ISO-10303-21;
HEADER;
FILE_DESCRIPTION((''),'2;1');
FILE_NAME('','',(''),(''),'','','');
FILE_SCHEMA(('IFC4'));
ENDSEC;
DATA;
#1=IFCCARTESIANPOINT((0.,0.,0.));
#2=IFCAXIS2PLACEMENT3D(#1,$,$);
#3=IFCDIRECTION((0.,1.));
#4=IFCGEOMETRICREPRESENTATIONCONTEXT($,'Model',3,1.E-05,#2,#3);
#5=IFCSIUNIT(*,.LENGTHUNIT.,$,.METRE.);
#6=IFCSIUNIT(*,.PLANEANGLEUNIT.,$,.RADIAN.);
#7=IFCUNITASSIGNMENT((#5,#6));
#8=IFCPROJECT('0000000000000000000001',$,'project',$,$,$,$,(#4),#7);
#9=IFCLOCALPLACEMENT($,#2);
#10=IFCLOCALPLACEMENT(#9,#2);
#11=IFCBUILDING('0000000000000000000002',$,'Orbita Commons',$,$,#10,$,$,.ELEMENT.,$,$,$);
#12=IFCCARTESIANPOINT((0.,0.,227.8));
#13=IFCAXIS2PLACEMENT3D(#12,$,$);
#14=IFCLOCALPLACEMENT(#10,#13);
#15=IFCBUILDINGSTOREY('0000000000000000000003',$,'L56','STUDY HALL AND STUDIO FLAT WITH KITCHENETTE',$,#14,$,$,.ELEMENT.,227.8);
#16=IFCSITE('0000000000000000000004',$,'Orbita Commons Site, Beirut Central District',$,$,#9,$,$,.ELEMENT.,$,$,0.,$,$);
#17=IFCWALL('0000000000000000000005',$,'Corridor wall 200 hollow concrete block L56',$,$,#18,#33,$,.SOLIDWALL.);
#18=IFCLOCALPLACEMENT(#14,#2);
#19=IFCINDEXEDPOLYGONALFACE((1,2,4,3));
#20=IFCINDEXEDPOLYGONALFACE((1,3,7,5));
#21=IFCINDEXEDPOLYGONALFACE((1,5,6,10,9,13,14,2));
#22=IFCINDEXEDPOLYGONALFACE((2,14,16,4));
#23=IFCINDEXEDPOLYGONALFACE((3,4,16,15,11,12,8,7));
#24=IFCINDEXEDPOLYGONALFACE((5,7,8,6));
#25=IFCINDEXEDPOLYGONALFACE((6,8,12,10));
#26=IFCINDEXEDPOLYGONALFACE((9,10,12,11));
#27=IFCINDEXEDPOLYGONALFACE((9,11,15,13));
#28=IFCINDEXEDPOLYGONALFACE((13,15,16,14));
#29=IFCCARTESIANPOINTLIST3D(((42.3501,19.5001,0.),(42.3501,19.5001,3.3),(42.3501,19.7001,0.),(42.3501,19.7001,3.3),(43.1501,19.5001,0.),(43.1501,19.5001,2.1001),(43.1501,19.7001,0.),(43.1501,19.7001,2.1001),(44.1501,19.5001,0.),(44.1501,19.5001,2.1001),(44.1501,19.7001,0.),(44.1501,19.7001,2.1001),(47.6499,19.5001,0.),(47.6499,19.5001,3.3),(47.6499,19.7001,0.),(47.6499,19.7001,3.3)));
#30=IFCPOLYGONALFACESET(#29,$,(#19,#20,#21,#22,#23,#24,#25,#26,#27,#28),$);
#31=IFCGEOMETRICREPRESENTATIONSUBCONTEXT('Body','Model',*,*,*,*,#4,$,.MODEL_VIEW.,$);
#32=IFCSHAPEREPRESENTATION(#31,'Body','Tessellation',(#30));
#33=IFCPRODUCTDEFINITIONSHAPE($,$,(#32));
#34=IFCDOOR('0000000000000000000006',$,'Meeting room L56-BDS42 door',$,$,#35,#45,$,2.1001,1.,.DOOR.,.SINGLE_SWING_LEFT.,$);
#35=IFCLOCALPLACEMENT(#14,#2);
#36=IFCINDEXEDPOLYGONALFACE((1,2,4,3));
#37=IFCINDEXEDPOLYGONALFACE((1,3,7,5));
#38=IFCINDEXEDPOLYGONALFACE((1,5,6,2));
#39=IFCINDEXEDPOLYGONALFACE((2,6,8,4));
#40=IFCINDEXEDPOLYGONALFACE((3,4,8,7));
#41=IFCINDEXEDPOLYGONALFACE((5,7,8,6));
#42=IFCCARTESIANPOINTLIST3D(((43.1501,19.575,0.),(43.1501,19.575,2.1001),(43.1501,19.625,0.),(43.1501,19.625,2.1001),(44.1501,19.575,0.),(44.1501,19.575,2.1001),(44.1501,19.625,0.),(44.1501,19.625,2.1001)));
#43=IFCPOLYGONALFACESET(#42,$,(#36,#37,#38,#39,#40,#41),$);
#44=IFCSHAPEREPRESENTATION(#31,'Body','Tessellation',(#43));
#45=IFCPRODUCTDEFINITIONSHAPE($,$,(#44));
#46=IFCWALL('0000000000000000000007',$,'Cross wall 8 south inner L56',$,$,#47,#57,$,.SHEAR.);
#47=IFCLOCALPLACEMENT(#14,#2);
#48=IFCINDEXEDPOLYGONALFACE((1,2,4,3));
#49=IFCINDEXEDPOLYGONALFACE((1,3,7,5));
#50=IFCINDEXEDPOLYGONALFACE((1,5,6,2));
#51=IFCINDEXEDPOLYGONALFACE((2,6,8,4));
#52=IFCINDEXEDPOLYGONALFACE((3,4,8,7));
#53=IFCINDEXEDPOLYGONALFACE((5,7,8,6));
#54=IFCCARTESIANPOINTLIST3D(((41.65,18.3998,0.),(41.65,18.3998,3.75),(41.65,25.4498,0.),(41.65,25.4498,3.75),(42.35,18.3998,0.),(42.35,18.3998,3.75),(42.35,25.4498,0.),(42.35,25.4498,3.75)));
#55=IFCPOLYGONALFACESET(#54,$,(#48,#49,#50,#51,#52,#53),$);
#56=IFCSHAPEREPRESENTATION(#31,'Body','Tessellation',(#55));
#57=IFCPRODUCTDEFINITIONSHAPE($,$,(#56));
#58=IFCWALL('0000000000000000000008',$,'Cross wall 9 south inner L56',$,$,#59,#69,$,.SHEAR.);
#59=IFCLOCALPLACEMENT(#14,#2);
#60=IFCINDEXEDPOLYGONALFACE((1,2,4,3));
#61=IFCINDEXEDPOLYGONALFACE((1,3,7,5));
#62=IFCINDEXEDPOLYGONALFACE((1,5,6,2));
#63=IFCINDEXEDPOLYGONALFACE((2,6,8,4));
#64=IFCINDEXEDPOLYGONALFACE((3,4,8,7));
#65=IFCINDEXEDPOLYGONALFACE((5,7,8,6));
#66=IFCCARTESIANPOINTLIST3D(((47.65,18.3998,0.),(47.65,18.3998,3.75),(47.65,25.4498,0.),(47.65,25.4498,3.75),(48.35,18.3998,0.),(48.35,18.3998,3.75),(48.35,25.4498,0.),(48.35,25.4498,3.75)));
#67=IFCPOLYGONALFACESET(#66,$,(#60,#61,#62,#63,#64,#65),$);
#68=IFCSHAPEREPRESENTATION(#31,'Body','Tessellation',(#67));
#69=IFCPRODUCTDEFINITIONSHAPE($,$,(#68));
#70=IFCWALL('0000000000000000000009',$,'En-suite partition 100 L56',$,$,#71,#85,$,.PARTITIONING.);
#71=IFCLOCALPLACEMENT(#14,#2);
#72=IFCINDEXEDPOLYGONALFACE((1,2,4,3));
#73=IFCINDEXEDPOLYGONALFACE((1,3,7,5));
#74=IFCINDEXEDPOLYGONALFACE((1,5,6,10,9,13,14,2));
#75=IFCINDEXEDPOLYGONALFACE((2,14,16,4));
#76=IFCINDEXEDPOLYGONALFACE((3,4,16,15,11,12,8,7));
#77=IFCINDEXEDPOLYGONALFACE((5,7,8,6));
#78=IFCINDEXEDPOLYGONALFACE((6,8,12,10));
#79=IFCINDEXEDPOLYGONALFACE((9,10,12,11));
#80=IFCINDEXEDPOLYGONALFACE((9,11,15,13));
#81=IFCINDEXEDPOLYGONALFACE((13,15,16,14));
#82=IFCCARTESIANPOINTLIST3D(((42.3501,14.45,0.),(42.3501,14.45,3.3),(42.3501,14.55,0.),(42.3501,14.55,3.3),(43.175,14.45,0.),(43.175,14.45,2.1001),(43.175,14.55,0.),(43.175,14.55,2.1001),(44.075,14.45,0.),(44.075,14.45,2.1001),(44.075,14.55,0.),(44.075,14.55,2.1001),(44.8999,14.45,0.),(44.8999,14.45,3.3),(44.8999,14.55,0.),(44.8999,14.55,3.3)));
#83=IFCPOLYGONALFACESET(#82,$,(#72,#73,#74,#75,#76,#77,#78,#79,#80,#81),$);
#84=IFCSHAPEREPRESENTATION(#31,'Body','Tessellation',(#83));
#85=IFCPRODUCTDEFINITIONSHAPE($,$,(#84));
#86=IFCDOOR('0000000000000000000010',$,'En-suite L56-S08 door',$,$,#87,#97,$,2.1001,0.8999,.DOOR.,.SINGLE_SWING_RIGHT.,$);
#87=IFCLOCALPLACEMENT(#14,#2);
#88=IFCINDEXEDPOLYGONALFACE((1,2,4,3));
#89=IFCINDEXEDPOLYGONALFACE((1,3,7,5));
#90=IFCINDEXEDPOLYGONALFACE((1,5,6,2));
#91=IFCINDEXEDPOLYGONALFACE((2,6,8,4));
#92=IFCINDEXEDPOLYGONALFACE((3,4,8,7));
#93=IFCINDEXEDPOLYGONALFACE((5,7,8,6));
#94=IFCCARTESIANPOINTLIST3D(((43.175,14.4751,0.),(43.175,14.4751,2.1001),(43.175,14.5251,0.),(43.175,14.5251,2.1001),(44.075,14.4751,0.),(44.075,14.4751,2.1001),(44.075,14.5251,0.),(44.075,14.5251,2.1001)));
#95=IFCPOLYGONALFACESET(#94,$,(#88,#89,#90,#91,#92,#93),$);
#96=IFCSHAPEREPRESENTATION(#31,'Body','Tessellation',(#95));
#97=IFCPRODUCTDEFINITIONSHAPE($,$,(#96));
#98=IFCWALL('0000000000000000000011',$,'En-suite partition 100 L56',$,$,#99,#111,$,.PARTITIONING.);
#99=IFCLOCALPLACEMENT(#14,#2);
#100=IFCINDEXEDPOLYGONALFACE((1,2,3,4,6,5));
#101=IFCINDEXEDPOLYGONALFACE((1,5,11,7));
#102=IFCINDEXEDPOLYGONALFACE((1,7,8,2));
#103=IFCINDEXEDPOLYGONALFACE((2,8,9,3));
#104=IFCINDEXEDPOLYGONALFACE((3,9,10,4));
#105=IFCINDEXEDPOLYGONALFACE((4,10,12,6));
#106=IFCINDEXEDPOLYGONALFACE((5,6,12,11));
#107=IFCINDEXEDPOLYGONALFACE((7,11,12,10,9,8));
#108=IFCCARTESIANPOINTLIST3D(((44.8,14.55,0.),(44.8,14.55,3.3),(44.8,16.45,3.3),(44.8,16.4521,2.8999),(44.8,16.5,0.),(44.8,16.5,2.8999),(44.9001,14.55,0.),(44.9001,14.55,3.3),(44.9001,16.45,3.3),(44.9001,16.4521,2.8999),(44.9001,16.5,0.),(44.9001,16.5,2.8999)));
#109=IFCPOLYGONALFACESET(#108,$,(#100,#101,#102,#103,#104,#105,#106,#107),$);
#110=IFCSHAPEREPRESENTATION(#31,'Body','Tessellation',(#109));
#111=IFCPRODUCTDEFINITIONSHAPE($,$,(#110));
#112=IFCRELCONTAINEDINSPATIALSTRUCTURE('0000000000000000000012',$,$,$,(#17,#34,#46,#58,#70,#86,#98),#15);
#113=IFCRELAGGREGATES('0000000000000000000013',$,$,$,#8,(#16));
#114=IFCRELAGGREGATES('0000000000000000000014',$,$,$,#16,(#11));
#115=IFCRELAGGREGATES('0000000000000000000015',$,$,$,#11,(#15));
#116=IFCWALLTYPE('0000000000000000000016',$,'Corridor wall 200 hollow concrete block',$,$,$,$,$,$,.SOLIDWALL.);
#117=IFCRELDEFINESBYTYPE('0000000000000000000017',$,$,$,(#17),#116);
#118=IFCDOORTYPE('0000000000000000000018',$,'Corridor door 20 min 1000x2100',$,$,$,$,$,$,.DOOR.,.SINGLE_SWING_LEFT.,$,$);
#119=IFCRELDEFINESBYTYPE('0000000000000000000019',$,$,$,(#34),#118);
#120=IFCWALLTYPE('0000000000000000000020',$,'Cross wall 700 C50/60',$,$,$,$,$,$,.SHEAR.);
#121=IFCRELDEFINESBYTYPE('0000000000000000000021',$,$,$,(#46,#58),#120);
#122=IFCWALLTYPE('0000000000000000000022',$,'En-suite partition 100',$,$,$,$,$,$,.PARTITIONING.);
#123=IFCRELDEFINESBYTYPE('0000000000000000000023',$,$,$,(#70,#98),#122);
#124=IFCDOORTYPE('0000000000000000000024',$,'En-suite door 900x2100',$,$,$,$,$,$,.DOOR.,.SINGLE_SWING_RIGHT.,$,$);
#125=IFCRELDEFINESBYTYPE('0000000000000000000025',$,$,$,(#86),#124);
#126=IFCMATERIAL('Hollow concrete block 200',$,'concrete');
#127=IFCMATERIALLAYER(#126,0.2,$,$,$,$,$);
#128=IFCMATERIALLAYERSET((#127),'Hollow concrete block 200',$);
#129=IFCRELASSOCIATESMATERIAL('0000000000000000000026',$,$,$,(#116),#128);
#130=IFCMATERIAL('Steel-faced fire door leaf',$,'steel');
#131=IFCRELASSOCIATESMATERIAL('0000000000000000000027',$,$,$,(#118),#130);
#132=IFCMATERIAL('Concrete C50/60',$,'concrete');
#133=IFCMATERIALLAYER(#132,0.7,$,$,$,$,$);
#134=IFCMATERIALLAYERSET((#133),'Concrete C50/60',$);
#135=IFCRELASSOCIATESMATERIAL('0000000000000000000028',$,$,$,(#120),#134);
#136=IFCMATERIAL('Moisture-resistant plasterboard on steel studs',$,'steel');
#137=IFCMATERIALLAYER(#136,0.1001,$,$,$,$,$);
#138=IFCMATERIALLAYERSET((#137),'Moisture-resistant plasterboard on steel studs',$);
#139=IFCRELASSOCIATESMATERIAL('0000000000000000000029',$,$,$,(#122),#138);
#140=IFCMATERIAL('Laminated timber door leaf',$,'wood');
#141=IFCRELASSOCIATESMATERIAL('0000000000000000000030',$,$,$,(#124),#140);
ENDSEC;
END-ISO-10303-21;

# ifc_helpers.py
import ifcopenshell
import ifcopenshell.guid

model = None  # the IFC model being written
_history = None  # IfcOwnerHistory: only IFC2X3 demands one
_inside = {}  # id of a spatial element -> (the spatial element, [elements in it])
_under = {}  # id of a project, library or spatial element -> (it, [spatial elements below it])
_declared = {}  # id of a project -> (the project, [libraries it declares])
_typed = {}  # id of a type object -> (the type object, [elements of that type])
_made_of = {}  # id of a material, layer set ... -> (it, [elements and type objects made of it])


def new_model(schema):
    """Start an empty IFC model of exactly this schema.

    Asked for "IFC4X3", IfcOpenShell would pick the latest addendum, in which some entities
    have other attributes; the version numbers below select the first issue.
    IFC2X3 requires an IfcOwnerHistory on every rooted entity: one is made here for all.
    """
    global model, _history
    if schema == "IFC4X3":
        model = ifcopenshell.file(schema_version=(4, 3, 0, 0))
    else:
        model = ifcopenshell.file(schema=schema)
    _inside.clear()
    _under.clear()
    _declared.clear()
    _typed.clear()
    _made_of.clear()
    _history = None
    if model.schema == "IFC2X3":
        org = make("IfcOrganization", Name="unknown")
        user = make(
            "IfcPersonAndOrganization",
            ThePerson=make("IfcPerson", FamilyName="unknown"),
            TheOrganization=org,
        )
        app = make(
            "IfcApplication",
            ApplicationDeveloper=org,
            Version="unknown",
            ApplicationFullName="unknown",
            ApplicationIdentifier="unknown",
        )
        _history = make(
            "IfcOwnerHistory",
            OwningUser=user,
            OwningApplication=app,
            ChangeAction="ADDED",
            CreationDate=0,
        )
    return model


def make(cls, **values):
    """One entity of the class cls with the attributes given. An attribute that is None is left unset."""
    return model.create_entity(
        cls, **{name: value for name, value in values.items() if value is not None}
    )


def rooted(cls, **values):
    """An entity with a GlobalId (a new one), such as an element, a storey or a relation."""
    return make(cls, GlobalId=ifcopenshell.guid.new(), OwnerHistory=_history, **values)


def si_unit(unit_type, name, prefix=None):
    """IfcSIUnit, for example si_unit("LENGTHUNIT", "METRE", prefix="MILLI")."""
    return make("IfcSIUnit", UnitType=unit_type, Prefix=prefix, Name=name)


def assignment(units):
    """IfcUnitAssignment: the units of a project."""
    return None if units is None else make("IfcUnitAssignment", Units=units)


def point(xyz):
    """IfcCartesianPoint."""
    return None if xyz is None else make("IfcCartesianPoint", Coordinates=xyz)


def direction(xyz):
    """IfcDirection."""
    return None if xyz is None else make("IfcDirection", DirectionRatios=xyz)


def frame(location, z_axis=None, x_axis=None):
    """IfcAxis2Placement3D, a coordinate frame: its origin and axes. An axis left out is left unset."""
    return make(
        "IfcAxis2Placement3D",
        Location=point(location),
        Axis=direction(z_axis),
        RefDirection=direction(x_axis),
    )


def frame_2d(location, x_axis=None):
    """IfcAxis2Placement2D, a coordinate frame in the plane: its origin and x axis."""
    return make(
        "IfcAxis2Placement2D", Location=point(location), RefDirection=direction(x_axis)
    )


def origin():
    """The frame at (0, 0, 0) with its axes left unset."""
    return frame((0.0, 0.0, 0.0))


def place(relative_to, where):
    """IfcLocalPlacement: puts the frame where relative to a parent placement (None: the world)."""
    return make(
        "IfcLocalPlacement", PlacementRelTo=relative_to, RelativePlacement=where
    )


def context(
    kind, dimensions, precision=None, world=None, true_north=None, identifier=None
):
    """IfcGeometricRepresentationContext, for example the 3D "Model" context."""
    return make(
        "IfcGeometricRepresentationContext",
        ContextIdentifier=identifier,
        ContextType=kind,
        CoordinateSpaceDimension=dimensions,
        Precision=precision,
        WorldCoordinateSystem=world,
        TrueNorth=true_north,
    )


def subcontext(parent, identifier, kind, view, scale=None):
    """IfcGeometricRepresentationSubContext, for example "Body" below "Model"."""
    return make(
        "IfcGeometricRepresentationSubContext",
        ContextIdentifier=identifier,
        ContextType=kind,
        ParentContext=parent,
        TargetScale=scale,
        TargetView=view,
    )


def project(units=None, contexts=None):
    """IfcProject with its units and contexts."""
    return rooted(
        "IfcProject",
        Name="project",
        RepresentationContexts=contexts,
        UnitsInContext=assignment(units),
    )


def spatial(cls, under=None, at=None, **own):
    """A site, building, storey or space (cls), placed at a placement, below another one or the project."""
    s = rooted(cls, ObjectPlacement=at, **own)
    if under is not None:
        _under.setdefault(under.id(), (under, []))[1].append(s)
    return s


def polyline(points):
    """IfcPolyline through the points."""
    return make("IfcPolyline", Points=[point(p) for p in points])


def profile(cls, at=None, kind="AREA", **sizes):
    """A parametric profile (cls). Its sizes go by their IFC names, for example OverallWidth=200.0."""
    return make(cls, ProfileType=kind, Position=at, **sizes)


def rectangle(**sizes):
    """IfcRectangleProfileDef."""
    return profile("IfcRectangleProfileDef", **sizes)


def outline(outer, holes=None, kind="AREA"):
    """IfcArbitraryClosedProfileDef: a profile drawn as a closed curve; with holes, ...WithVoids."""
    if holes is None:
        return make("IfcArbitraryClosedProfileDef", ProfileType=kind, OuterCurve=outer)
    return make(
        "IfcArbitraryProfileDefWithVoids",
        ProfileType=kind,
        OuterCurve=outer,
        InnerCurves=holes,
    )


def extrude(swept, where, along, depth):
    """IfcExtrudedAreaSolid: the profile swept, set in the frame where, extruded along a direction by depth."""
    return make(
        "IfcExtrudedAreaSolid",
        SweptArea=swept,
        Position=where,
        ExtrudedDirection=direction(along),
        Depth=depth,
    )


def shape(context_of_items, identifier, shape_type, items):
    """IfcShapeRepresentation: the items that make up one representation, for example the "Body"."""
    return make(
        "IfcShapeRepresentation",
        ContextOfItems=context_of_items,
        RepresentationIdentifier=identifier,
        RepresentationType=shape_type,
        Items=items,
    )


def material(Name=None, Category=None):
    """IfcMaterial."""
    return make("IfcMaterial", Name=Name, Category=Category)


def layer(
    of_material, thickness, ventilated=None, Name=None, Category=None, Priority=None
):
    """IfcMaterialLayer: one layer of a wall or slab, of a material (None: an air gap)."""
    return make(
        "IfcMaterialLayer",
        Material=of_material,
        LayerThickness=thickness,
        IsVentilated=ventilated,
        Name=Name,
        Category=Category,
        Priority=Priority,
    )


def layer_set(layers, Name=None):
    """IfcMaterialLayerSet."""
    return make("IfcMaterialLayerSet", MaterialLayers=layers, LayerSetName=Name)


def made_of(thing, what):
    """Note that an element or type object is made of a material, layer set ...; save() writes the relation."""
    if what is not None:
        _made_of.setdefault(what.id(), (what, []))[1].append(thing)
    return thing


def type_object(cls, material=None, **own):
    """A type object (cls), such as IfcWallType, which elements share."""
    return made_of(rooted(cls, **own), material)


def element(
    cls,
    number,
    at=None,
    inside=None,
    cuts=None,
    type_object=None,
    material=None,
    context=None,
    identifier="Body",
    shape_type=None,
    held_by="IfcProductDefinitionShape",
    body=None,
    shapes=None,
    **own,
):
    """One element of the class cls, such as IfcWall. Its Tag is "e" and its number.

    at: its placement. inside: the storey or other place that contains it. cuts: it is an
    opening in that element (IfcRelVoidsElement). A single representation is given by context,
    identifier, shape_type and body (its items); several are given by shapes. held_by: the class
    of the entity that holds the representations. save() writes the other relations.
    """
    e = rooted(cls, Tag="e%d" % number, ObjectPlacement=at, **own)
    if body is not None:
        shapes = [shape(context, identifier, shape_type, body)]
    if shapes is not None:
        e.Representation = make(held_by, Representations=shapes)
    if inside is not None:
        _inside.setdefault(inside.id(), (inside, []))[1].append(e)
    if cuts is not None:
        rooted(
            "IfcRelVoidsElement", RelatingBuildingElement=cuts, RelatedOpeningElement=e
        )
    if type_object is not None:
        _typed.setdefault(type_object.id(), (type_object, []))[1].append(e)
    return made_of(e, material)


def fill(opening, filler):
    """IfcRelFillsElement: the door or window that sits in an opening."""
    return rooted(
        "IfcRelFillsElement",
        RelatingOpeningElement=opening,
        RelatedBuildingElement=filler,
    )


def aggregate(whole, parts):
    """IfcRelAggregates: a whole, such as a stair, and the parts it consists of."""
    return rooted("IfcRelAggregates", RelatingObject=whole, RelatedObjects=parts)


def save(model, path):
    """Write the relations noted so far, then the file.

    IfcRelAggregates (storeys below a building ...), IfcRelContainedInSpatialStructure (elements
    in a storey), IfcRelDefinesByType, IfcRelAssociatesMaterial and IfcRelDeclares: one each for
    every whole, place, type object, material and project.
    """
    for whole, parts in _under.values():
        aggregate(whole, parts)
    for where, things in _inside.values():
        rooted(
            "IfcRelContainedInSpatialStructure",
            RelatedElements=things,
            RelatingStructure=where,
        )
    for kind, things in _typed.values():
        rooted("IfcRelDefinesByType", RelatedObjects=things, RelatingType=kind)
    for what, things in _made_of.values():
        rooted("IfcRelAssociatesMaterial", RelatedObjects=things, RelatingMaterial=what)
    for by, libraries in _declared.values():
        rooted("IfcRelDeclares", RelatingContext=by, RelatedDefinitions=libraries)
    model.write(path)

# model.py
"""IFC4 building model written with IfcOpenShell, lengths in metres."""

from ifc_helpers import new_model, si_unit, direction, frame, frame_2d, origin, place, context, subcontext, project, spatial, polyline, rectangle, outline, extrude, material, layer, layer_set, type_object, element, fill, save


model = new_model("IFC4")

# Units and contexts
model_context = context("Model", 3, precision=1e-05, world=origin(), true_north=direction((0.0, 1.0)))
body_context = subcontext(model_context, "Body", "Model", "MODEL_VIEW")
ifc_project = project(units=[si_unit("LENGTHUNIT", "METRE"), si_unit("PLANEANGLEUNIT", "RADIAN")], contexts=[model_context])

# Site, building, storey
site_placement = place(None, origin())
site = spatial("IfcSite", under=ifc_project, at=site_placement, Name="Orbita Commons Site, Beirut Central District", CompositionType="ELEMENT", RefElevation=0.0)
building_placement = place(site_placement, origin())
building = spatial("IfcBuilding", under=site, at=building_placement, Name="Orbita Commons", CompositionType="ELEMENT")
storey_placement = place(building_placement, frame((0.0, 0.0, 227.8)))
storey = spatial("IfcBuildingStorey", under=building, at=storey_placement, Name="L56", Description="STUDY HALL AND STUDIO FLAT WITH KITCHENETTE", CompositionType="ELEMENT", Elevation=227.8)

# Wall, opening, door
ifc_material_1 = material(Name="Hollow concrete block 200", Category="concrete")
ifc_layer_1 = layer(ifc_material_1, 0.2)
ifc_layer_set_1 = layer_set([ifc_layer_1], Name="Hollow concrete block 200")
wall_type_1 = type_object("IfcWallType", Name="Corridor wall 200 hollow concrete block", PredefinedType="SOLIDWALL", material=ifc_layer_set_1)
wall_1_placement = place(storey_placement, frame((42.3501, 19.6001, 0.0), z_axis=(0.0, 0.0, 1.0), x_axis=(1.0, 0.0, 0.0)))
wall_1 = element("IfcWall", 1, at=wall_1_placement, inside=storey, type_object=wall_type_1, Name="Corridor wall 200 hollow concrete block L56", PredefinedType="SOLIDWALL", context=body_context, shape_type="SweptSolid", body=[
    extrude(rectangle(XDim=5.2998, YDim=0.2, at=frame_2d((2.6499, 0.0))), origin(), (0.0, 0.0, 1.0), 3.3),
])
opening_1_placement = place(wall_1_placement, frame((0.8, 0.0, 0.0)))
opening_1 = element("IfcOpeningElement", 2, at=opening_1_placement, cuts=wall_1, PredefinedType="OPENING", context=body_context, shape_type="SweptSolid", body=[
    extrude(rectangle(XDim=1.0, YDim=2.1001, at=frame_2d((0.5, 1.05))), frame((0.0, 0.1099, 0.0), z_axis=(0.0, -1.0, 0.0), x_axis=(1.0, 0.0, 0.0)), (0.0, 0.0, 1.0), 0.22),
])
ifc_material_2 = material(Name="Steel-faced fire door leaf", Category="steel")
door_type_1 = type_object("IfcDoorType", Name="Corridor door 20 min 1000x2100", OperationType="SINGLE_SWING_LEFT", PredefinedType="DOOR", material=ifc_material_2)
door_1_placement = place(opening_1_placement, origin())
door_1 = element("IfcDoor", 3, at=door_1_placement, inside=storey, type_object=door_type_1, Name="Meeting room L56-BDS42 door", OperationType="SINGLE_SWING_LEFT", OverallHeight=2.1001, OverallWidth=1.0, PredefinedType="DOOR", context=body_context, shape_type="SweptSolid", body=[
    extrude(rectangle(XDim=1.0, YDim=2.1001, at=frame_2d((0.5, 1.05))), frame((0.0, 0.0249, 0.0), z_axis=(0.0, -1.0, 0.0), x_axis=(1.0, 0.0, 0.0)), (0.0, 0.0, 1.0), 0.05),
])
fill(opening_1, door_1)

# Walls
ifc_material_3 = material(Name="Concrete C50/60", Category="concrete")
ifc_layer_2 = layer(ifc_material_3, 0.7)
ifc_layer_set_2 = layer_set([ifc_layer_2], Name="Concrete C50/60")
wall_type_2 = type_object("IfcWallType", Name="Cross wall 700 C50/60", PredefinedType="SHEAR", material=ifc_layer_set_2)
for number, where, z_axis, x_axis, name in (
    (4, (42.0, 18.3999, 0.0), (0.0, 0.0, 1.0), (0.0, 1.0, 0.0), "Cross wall 8 south inner L56"),
    (5, (48.0, 18.3999, 0.0), (0.0, 0.0, 1.0), (0.0, 1.0, 0.0), "Cross wall 9 south inner L56"),
):
    element("IfcWall", number, at=place(storey_placement, frame(where, z_axis=z_axis, x_axis=x_axis)), inside=storey, type_object=wall_type_2, Name=name, PredefinedType="SHEAR", context=body_context, shape_type="SweptSolid", body=[
        extrude(rectangle(XDim=7.05, YDim=0.7, at=frame_2d((3.5249, 0.0))), origin(), (0.0, 0.0, 1.0), 3.75),
    ])

# Wall, opening, door
ifc_material_4 = material(Name="Moisture-resistant plasterboard on steel studs", Category="steel")
ifc_layer_3 = layer(ifc_material_4, 0.1001)
ifc_layer_set_3 = layer_set([ifc_layer_3], Name="Moisture-resistant plasterboard on steel studs")
wall_type_3 = type_object("IfcWallType", Name="En-suite partition 100", PredefinedType="PARTITIONING", material=ifc_layer_set_3)
wall_2_placement = place(storey_placement, frame((44.8999, 14.5, 0.0), z_axis=(0.0, 0.0, 1.0), x_axis=(-1.0, 0.0, 0.0)))
wall_2 = element("IfcWall", 6, at=wall_2_placement, inside=storey, type_object=wall_type_3, Name="En-suite partition 100 L56", PredefinedType="PARTITIONING", context=body_context, shape_type="SweptSolid", body=[
    extrude(rectangle(XDim=2.5498, YDim=0.1001, at=frame_2d((1.2749, 0.0))), origin(), (0.0, 0.0, 1.0), 3.3),
])
opening_2_placement = place(wall_2_placement, frame((0.825, 0.0, 0.0)))
opening_2 = element("IfcOpeningElement", 7, at=opening_2_placement, cuts=wall_2, PredefinedType="OPENING", context=body_context, shape_type="SweptSolid", body=[
    extrude(rectangle(XDim=0.8999, YDim=2.1001, at=frame_2d((0.45, 1.05))), frame((0.0, 0.0601, 0.0), z_axis=(0.0, -1.0, 0.0), x_axis=(1.0, 0.0, 0.0)), (0.0, 0.0, 1.0), 0.1201),
])
ifc_material_5 = material(Name="Laminated timber door leaf", Category="wood")
door_type_2 = type_object("IfcDoorType", Name="En-suite door 900x2100", OperationType="SINGLE_SWING_RIGHT", PredefinedType="DOOR", material=ifc_material_5)
door_2_placement = place(opening_2_placement, origin())
door_2 = element("IfcDoor", 8, at=door_2_placement, inside=storey, type_object=door_type_2, Name="En-suite L56-S08 door", OperationType="SINGLE_SWING_RIGHT", OverallHeight=2.1001, OverallWidth=0.8999, PredefinedType="DOOR", context=body_context, shape_type="SweptSolid", body=[
    extrude(rectangle(XDim=0.8999, YDim=2.1001, at=frame_2d((0.45, 1.05))), frame((0.0, 0.0249, 0.0), z_axis=(0.0, -1.0, 0.0), x_axis=(1.0, 0.0, 0.0)), (0.0, 0.0, 1.0), 0.05),
])
fill(opening_2, door_2)

# Wall
wall_3_placement = place(storey_placement, frame((44.8501, 14.55, 0.0), z_axis=(0.0, 0.0, 1.0), x_axis=(0.0, 1.0, 0.0)))
element("IfcWall", 9, at=wall_3_placement, inside=storey, type_object=wall_type_3, Name="En-suite partition 100 L56", PredefinedType="PARTITIONING", context=body_context, shape_type="SweptSolid", body=[
    extrude(outline(polyline([(0.0, 0.0), (1.95, 0.0), (1.95, 2.8999), (1.9021, 2.8999), (1.8999, 3.3), (0.0, 3.3), (0.0, 0.0)])), frame((0.0, 0.05, 0.0), z_axis=(0.0, -1.0, 0.0), x_axis=(1.0, 0.0, 0.0)), (0.0, 0.0, 1.0), 0.1001),
])

save(model, "model.ifc")
